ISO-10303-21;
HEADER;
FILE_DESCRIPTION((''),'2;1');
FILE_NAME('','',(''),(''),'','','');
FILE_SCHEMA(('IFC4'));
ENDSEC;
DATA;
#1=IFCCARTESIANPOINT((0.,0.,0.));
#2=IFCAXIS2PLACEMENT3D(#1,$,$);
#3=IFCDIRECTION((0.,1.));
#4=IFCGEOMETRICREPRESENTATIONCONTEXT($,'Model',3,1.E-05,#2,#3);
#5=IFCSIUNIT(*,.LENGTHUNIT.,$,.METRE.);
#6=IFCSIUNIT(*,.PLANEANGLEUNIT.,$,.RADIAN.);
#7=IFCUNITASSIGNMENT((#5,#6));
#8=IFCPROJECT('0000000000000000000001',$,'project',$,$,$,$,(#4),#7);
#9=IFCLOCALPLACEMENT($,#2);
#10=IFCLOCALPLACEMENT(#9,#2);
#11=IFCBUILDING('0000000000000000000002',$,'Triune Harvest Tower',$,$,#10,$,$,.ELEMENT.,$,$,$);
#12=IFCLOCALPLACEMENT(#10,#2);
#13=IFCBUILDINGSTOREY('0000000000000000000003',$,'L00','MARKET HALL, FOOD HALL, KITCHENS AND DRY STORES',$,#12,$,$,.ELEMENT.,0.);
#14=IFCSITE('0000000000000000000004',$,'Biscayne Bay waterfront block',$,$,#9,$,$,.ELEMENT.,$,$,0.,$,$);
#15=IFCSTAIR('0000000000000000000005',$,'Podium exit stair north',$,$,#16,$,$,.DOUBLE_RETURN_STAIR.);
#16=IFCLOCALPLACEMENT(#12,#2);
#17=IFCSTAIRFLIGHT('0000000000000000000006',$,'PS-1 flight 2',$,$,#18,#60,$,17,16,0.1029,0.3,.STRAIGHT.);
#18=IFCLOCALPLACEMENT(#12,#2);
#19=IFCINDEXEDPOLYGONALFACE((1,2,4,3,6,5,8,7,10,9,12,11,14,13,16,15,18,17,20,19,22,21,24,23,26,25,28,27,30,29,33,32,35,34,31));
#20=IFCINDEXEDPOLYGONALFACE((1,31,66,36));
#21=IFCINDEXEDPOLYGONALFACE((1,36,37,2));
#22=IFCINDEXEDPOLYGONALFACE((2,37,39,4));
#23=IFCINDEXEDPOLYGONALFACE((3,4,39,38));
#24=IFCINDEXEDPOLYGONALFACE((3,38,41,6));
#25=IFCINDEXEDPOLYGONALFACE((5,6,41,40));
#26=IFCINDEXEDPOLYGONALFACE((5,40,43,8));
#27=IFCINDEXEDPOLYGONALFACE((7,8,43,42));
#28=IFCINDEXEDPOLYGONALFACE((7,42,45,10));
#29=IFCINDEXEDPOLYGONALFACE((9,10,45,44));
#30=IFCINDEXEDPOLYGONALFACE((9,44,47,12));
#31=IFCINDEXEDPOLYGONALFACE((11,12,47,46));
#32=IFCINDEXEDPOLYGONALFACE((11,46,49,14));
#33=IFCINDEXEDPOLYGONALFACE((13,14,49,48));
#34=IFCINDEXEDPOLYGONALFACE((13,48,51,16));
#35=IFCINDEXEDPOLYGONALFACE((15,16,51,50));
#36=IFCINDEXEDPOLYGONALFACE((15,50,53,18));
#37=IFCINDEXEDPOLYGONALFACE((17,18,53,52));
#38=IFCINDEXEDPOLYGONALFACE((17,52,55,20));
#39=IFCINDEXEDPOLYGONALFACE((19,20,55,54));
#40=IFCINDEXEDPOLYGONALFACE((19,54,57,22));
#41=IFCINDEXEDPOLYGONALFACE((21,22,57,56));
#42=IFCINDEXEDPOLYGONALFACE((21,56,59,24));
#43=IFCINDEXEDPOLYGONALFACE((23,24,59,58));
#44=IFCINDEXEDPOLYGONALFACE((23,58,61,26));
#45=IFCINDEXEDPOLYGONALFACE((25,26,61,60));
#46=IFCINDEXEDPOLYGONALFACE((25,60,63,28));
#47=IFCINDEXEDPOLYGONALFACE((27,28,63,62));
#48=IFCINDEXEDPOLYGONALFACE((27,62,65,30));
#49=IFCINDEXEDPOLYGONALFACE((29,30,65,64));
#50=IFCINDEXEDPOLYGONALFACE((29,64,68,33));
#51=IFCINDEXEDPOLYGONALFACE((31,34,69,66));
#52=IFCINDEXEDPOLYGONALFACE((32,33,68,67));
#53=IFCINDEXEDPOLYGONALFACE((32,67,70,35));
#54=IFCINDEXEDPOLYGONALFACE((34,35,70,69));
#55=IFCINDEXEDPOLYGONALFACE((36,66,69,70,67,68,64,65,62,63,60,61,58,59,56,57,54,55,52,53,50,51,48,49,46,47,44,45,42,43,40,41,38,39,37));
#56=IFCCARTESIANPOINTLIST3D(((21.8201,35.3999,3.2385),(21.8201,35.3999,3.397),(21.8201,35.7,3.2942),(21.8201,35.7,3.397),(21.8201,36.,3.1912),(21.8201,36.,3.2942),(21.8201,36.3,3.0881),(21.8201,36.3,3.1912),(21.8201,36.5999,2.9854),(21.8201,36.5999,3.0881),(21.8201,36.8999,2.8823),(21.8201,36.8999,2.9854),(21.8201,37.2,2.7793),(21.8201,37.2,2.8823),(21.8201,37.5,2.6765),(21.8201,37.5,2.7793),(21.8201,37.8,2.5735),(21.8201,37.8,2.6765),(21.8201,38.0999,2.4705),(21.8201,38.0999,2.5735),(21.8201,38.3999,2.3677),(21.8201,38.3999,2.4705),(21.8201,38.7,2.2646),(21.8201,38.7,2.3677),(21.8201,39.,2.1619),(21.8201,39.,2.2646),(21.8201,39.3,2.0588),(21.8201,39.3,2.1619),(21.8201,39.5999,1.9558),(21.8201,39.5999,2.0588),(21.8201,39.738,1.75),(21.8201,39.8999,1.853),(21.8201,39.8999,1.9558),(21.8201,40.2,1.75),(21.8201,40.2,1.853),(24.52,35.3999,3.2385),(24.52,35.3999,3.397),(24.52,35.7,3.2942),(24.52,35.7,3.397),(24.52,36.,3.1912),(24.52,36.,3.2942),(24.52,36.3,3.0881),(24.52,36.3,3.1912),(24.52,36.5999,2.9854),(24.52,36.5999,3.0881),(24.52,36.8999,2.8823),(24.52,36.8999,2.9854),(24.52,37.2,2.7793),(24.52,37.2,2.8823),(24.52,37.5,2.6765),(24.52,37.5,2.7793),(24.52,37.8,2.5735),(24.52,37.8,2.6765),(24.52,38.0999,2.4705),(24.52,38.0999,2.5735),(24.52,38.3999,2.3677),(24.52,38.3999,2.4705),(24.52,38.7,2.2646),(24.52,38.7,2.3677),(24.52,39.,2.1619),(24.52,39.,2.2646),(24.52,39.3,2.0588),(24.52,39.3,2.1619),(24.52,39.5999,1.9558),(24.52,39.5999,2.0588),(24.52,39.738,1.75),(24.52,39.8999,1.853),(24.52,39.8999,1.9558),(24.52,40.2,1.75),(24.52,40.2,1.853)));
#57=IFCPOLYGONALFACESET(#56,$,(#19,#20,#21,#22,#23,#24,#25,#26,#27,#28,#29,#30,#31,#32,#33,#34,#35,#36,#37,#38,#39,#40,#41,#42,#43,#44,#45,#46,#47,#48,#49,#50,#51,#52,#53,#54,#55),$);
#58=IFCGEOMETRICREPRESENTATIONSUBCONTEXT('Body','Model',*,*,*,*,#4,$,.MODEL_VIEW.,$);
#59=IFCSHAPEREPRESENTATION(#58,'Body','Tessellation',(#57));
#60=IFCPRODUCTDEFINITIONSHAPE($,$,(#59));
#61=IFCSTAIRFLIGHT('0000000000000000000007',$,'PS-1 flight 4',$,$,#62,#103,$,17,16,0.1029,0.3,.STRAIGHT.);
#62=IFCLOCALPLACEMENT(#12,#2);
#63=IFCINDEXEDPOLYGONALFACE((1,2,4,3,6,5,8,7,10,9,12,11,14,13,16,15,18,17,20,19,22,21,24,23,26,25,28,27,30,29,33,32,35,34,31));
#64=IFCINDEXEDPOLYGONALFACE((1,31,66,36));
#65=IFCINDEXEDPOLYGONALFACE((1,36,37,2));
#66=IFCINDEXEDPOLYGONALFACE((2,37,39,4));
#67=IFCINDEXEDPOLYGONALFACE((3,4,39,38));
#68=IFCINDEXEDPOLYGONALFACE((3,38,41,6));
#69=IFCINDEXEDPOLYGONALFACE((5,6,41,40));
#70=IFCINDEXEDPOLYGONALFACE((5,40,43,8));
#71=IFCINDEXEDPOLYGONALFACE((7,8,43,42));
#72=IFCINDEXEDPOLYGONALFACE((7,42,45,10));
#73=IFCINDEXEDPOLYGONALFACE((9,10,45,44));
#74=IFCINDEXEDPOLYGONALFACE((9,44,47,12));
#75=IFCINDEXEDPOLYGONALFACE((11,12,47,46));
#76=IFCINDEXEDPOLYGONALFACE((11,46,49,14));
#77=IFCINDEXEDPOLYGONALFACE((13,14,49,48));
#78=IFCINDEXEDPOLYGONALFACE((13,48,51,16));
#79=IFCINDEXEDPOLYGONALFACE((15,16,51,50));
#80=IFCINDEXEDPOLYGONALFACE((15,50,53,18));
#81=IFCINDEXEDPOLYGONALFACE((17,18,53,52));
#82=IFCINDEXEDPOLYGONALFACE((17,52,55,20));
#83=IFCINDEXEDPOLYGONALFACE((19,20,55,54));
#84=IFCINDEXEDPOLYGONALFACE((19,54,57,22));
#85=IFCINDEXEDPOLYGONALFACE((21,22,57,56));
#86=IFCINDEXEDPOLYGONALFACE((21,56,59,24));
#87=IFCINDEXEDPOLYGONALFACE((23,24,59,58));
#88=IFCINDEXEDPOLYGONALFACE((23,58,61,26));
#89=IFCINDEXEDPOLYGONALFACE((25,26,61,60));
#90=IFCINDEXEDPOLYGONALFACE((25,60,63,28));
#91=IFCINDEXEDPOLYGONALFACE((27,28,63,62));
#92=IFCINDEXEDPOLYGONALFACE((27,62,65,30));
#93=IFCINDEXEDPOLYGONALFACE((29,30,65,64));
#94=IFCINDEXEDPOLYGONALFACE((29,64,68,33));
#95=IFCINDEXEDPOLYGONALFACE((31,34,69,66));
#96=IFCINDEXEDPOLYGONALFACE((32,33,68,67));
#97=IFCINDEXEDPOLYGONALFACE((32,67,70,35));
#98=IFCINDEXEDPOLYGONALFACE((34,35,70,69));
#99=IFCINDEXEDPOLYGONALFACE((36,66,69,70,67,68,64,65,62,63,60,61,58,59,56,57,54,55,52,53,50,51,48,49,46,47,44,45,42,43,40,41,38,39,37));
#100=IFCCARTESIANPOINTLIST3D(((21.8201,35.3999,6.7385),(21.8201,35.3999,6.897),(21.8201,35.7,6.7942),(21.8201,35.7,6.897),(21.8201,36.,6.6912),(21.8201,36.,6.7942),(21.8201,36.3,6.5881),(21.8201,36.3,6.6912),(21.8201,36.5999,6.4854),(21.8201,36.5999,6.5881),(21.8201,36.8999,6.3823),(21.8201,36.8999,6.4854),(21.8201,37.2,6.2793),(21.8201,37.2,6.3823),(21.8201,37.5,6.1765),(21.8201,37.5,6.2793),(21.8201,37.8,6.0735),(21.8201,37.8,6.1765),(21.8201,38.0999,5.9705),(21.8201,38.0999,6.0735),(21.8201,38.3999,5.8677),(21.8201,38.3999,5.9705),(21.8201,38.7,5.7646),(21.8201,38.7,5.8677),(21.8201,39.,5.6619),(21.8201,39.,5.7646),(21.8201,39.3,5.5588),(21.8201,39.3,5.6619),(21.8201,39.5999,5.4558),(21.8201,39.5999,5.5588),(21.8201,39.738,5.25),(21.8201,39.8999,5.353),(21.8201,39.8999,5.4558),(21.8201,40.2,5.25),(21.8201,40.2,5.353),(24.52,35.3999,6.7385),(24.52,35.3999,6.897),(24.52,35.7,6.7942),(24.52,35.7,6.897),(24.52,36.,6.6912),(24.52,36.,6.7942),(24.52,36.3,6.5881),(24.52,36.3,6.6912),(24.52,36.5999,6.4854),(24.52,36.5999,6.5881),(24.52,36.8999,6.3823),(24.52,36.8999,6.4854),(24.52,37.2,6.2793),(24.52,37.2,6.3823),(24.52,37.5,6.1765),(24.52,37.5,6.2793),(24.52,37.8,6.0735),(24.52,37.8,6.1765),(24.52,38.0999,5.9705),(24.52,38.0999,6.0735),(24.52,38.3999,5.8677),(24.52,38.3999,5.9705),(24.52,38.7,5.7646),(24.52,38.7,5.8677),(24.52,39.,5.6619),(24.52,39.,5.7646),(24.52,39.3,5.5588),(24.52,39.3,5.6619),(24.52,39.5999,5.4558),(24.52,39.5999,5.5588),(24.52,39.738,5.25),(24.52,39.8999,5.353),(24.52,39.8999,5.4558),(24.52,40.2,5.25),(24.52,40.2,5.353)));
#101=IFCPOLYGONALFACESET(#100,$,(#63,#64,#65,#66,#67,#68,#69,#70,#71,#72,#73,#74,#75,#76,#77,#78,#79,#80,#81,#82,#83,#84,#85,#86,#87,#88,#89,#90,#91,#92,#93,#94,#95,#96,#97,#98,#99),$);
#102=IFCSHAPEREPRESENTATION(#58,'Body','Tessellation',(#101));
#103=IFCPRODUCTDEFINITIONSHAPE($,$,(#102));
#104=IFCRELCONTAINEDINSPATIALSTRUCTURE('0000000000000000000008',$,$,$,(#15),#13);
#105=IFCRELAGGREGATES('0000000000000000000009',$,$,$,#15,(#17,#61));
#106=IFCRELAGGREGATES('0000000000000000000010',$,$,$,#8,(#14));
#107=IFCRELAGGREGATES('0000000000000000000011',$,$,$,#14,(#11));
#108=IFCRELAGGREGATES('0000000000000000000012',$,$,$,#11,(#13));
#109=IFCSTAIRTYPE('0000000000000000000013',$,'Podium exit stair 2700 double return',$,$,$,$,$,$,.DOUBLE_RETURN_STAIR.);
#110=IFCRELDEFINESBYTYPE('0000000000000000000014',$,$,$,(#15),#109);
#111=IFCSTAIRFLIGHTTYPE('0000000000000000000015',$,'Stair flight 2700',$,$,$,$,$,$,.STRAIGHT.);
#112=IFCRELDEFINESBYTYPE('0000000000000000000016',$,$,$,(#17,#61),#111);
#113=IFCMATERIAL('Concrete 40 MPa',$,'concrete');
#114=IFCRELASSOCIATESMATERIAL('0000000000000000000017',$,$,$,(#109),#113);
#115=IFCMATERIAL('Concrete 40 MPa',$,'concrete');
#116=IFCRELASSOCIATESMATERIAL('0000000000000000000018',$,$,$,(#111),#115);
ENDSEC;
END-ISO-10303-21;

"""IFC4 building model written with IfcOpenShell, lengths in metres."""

from ifc_helpers import new_model, si_unit, direction, frame, origin, place, context, subcontext, project, spatial, polyline, outline, extrude, source, transform, mapped, material, type_object, element, aggregate, save


model = new_model("IFC4")

# Units and contexts
model_context = context("Model", 3, precision=1e-05, world=origin(), true_north=direction((0.0, 1.0)))
body_context = subcontext(model_context, "Body", "Model", "MODEL_VIEW")
ifc_project = project(units=[si_unit("LENGTHUNIT", "METRE"), si_unit("PLANEANGLEUNIT", "RADIAN")], contexts=[model_context])

# Site, building, storey
site_placement = place(None, origin())
site = spatial("IfcSite", under=ifc_project, at=site_placement, Name="Biscayne Bay waterfront block", CompositionType="ELEMENT", RefElevation=0.0)
building_placement = place(site_placement, origin())
building = spatial("IfcBuilding", under=site, at=building_placement, Name="Triune Harvest Tower", CompositionType="ELEMENT")
storey_placement = place(building_placement, origin())
storey = spatial("IfcBuildingStorey", under=building, at=storey_placement, Name="L00", Description="MARKET HALL, FOOD HALL, KITCHENS AND DRY STORES", CompositionType="ELEMENT", Elevation=0.0)

# Stair, stair flights
ifc_material_1 = material(Name="Concrete 40 MPa", Category="concrete")
stair_type = type_object("IfcStairType", Name="Podium exit stair 2700 double return", PredefinedType="DOUBLE_RETURN_STAIR", material=ifc_material_1)
stair_placement = place(storey_placement, origin())
stair = element("IfcStair", 1, at=stair_placement, inside=storey, type_object=stair_type, Name="Podium exit stair north", PredefinedType="DOUBLE_RETURN_STAIR")
ifc_material_2 = material(Name="Concrete 40 MPa", Category="concrete")
stair_flight_type = type_object("IfcStairFlightType", Name="Stair flight 2700", PredefinedType="STRAIGHT", material=ifc_material_2)
shared_shape_1 = source(origin(), body_context, "Body", "SweptSolid", [
    extrude(outline(polyline([(0.0, 0.0), (0.0, 0.103), (0.3, 0.103), (0.3, 0.2058), (0.6001, 0.2058), (0.6001, 0.3088), (0.8999, 0.3088), (0.8999, 0.4119), (1.2, 0.4119), (1.2, 0.5146), (1.5, 0.5146), (1.5, 0.6177), (1.8, 0.6177), (1.8, 0.7205), (2.1001, 0.7205), (2.1001, 0.8235), (2.3999, 0.8235), (2.3999, 0.9265), (2.7, 0.9265), (2.7, 1.0293), (3.0, 1.0293), (3.0, 1.1323), (3.3, 1.1323), (3.3, 1.2354), (3.6001, 1.2354), (3.6001, 1.3381), (3.8999, 1.3381), (3.8999, 1.4412), (4.2, 1.4412), (4.2, 1.5442), (4.5, 1.5442), (4.5, 1.647), (4.8, 1.647), (4.8, 1.75), (4.8, 1.4885), (0.4619, 0.0), (0.0, 0.0)])), frame((0.0, 1.3501, 0.0), z_axis=(0.0, -1.0, 0.0), x_axis=(1.0, 0.0, 0.0)), (0.0, 0.0, 1.0), 2.7),
])
stair_flight_1_placement = place(storey_placement, frame((23.1699, 40.2, 1.75), z_axis=(0.0, 0.0, 1.0), x_axis=(0.0, -1.0, 0.0)))
stair_flight_1 = element("IfcStairFlight", 2, at=stair_flight_1_placement, type_object=stair_flight_type, Name="PS-1 flight 2", NumberOfRisers=17, NumberOfTreads=16, PredefinedType="STRAIGHT", RiserHeight=0.1029, TreadLength=0.3, context=body_context, shape_type="MappedRepresentation", body=[
    mapped(shared_shape_1, transform((0.0, 0.0, 0.0), scale=1.0)),
])
stair_flight_2_placement = place(storey_placement, frame((23.1699, 40.2, 5.25), z_axis=(0.0, 0.0, 1.0), x_axis=(0.0, -1.0, 0.0)))
stair_flight_2 = element("IfcStairFlight", 3, at=stair_flight_2_placement, type_object=stair_flight_type, Name="PS-1 flight 4", NumberOfRisers=17, NumberOfTreads=16, PredefinedType="STRAIGHT", RiserHeight=0.1029, TreadLength=0.3, context=body_context, shape_type="MappedRepresentation", body=[
    mapped(shared_shape_1, transform((0.0, 0.0, 0.0), scale=1.0)),
])
aggregate(stair, [stair_flight_1, stair_flight_2])

save(model, "model.ifc")
